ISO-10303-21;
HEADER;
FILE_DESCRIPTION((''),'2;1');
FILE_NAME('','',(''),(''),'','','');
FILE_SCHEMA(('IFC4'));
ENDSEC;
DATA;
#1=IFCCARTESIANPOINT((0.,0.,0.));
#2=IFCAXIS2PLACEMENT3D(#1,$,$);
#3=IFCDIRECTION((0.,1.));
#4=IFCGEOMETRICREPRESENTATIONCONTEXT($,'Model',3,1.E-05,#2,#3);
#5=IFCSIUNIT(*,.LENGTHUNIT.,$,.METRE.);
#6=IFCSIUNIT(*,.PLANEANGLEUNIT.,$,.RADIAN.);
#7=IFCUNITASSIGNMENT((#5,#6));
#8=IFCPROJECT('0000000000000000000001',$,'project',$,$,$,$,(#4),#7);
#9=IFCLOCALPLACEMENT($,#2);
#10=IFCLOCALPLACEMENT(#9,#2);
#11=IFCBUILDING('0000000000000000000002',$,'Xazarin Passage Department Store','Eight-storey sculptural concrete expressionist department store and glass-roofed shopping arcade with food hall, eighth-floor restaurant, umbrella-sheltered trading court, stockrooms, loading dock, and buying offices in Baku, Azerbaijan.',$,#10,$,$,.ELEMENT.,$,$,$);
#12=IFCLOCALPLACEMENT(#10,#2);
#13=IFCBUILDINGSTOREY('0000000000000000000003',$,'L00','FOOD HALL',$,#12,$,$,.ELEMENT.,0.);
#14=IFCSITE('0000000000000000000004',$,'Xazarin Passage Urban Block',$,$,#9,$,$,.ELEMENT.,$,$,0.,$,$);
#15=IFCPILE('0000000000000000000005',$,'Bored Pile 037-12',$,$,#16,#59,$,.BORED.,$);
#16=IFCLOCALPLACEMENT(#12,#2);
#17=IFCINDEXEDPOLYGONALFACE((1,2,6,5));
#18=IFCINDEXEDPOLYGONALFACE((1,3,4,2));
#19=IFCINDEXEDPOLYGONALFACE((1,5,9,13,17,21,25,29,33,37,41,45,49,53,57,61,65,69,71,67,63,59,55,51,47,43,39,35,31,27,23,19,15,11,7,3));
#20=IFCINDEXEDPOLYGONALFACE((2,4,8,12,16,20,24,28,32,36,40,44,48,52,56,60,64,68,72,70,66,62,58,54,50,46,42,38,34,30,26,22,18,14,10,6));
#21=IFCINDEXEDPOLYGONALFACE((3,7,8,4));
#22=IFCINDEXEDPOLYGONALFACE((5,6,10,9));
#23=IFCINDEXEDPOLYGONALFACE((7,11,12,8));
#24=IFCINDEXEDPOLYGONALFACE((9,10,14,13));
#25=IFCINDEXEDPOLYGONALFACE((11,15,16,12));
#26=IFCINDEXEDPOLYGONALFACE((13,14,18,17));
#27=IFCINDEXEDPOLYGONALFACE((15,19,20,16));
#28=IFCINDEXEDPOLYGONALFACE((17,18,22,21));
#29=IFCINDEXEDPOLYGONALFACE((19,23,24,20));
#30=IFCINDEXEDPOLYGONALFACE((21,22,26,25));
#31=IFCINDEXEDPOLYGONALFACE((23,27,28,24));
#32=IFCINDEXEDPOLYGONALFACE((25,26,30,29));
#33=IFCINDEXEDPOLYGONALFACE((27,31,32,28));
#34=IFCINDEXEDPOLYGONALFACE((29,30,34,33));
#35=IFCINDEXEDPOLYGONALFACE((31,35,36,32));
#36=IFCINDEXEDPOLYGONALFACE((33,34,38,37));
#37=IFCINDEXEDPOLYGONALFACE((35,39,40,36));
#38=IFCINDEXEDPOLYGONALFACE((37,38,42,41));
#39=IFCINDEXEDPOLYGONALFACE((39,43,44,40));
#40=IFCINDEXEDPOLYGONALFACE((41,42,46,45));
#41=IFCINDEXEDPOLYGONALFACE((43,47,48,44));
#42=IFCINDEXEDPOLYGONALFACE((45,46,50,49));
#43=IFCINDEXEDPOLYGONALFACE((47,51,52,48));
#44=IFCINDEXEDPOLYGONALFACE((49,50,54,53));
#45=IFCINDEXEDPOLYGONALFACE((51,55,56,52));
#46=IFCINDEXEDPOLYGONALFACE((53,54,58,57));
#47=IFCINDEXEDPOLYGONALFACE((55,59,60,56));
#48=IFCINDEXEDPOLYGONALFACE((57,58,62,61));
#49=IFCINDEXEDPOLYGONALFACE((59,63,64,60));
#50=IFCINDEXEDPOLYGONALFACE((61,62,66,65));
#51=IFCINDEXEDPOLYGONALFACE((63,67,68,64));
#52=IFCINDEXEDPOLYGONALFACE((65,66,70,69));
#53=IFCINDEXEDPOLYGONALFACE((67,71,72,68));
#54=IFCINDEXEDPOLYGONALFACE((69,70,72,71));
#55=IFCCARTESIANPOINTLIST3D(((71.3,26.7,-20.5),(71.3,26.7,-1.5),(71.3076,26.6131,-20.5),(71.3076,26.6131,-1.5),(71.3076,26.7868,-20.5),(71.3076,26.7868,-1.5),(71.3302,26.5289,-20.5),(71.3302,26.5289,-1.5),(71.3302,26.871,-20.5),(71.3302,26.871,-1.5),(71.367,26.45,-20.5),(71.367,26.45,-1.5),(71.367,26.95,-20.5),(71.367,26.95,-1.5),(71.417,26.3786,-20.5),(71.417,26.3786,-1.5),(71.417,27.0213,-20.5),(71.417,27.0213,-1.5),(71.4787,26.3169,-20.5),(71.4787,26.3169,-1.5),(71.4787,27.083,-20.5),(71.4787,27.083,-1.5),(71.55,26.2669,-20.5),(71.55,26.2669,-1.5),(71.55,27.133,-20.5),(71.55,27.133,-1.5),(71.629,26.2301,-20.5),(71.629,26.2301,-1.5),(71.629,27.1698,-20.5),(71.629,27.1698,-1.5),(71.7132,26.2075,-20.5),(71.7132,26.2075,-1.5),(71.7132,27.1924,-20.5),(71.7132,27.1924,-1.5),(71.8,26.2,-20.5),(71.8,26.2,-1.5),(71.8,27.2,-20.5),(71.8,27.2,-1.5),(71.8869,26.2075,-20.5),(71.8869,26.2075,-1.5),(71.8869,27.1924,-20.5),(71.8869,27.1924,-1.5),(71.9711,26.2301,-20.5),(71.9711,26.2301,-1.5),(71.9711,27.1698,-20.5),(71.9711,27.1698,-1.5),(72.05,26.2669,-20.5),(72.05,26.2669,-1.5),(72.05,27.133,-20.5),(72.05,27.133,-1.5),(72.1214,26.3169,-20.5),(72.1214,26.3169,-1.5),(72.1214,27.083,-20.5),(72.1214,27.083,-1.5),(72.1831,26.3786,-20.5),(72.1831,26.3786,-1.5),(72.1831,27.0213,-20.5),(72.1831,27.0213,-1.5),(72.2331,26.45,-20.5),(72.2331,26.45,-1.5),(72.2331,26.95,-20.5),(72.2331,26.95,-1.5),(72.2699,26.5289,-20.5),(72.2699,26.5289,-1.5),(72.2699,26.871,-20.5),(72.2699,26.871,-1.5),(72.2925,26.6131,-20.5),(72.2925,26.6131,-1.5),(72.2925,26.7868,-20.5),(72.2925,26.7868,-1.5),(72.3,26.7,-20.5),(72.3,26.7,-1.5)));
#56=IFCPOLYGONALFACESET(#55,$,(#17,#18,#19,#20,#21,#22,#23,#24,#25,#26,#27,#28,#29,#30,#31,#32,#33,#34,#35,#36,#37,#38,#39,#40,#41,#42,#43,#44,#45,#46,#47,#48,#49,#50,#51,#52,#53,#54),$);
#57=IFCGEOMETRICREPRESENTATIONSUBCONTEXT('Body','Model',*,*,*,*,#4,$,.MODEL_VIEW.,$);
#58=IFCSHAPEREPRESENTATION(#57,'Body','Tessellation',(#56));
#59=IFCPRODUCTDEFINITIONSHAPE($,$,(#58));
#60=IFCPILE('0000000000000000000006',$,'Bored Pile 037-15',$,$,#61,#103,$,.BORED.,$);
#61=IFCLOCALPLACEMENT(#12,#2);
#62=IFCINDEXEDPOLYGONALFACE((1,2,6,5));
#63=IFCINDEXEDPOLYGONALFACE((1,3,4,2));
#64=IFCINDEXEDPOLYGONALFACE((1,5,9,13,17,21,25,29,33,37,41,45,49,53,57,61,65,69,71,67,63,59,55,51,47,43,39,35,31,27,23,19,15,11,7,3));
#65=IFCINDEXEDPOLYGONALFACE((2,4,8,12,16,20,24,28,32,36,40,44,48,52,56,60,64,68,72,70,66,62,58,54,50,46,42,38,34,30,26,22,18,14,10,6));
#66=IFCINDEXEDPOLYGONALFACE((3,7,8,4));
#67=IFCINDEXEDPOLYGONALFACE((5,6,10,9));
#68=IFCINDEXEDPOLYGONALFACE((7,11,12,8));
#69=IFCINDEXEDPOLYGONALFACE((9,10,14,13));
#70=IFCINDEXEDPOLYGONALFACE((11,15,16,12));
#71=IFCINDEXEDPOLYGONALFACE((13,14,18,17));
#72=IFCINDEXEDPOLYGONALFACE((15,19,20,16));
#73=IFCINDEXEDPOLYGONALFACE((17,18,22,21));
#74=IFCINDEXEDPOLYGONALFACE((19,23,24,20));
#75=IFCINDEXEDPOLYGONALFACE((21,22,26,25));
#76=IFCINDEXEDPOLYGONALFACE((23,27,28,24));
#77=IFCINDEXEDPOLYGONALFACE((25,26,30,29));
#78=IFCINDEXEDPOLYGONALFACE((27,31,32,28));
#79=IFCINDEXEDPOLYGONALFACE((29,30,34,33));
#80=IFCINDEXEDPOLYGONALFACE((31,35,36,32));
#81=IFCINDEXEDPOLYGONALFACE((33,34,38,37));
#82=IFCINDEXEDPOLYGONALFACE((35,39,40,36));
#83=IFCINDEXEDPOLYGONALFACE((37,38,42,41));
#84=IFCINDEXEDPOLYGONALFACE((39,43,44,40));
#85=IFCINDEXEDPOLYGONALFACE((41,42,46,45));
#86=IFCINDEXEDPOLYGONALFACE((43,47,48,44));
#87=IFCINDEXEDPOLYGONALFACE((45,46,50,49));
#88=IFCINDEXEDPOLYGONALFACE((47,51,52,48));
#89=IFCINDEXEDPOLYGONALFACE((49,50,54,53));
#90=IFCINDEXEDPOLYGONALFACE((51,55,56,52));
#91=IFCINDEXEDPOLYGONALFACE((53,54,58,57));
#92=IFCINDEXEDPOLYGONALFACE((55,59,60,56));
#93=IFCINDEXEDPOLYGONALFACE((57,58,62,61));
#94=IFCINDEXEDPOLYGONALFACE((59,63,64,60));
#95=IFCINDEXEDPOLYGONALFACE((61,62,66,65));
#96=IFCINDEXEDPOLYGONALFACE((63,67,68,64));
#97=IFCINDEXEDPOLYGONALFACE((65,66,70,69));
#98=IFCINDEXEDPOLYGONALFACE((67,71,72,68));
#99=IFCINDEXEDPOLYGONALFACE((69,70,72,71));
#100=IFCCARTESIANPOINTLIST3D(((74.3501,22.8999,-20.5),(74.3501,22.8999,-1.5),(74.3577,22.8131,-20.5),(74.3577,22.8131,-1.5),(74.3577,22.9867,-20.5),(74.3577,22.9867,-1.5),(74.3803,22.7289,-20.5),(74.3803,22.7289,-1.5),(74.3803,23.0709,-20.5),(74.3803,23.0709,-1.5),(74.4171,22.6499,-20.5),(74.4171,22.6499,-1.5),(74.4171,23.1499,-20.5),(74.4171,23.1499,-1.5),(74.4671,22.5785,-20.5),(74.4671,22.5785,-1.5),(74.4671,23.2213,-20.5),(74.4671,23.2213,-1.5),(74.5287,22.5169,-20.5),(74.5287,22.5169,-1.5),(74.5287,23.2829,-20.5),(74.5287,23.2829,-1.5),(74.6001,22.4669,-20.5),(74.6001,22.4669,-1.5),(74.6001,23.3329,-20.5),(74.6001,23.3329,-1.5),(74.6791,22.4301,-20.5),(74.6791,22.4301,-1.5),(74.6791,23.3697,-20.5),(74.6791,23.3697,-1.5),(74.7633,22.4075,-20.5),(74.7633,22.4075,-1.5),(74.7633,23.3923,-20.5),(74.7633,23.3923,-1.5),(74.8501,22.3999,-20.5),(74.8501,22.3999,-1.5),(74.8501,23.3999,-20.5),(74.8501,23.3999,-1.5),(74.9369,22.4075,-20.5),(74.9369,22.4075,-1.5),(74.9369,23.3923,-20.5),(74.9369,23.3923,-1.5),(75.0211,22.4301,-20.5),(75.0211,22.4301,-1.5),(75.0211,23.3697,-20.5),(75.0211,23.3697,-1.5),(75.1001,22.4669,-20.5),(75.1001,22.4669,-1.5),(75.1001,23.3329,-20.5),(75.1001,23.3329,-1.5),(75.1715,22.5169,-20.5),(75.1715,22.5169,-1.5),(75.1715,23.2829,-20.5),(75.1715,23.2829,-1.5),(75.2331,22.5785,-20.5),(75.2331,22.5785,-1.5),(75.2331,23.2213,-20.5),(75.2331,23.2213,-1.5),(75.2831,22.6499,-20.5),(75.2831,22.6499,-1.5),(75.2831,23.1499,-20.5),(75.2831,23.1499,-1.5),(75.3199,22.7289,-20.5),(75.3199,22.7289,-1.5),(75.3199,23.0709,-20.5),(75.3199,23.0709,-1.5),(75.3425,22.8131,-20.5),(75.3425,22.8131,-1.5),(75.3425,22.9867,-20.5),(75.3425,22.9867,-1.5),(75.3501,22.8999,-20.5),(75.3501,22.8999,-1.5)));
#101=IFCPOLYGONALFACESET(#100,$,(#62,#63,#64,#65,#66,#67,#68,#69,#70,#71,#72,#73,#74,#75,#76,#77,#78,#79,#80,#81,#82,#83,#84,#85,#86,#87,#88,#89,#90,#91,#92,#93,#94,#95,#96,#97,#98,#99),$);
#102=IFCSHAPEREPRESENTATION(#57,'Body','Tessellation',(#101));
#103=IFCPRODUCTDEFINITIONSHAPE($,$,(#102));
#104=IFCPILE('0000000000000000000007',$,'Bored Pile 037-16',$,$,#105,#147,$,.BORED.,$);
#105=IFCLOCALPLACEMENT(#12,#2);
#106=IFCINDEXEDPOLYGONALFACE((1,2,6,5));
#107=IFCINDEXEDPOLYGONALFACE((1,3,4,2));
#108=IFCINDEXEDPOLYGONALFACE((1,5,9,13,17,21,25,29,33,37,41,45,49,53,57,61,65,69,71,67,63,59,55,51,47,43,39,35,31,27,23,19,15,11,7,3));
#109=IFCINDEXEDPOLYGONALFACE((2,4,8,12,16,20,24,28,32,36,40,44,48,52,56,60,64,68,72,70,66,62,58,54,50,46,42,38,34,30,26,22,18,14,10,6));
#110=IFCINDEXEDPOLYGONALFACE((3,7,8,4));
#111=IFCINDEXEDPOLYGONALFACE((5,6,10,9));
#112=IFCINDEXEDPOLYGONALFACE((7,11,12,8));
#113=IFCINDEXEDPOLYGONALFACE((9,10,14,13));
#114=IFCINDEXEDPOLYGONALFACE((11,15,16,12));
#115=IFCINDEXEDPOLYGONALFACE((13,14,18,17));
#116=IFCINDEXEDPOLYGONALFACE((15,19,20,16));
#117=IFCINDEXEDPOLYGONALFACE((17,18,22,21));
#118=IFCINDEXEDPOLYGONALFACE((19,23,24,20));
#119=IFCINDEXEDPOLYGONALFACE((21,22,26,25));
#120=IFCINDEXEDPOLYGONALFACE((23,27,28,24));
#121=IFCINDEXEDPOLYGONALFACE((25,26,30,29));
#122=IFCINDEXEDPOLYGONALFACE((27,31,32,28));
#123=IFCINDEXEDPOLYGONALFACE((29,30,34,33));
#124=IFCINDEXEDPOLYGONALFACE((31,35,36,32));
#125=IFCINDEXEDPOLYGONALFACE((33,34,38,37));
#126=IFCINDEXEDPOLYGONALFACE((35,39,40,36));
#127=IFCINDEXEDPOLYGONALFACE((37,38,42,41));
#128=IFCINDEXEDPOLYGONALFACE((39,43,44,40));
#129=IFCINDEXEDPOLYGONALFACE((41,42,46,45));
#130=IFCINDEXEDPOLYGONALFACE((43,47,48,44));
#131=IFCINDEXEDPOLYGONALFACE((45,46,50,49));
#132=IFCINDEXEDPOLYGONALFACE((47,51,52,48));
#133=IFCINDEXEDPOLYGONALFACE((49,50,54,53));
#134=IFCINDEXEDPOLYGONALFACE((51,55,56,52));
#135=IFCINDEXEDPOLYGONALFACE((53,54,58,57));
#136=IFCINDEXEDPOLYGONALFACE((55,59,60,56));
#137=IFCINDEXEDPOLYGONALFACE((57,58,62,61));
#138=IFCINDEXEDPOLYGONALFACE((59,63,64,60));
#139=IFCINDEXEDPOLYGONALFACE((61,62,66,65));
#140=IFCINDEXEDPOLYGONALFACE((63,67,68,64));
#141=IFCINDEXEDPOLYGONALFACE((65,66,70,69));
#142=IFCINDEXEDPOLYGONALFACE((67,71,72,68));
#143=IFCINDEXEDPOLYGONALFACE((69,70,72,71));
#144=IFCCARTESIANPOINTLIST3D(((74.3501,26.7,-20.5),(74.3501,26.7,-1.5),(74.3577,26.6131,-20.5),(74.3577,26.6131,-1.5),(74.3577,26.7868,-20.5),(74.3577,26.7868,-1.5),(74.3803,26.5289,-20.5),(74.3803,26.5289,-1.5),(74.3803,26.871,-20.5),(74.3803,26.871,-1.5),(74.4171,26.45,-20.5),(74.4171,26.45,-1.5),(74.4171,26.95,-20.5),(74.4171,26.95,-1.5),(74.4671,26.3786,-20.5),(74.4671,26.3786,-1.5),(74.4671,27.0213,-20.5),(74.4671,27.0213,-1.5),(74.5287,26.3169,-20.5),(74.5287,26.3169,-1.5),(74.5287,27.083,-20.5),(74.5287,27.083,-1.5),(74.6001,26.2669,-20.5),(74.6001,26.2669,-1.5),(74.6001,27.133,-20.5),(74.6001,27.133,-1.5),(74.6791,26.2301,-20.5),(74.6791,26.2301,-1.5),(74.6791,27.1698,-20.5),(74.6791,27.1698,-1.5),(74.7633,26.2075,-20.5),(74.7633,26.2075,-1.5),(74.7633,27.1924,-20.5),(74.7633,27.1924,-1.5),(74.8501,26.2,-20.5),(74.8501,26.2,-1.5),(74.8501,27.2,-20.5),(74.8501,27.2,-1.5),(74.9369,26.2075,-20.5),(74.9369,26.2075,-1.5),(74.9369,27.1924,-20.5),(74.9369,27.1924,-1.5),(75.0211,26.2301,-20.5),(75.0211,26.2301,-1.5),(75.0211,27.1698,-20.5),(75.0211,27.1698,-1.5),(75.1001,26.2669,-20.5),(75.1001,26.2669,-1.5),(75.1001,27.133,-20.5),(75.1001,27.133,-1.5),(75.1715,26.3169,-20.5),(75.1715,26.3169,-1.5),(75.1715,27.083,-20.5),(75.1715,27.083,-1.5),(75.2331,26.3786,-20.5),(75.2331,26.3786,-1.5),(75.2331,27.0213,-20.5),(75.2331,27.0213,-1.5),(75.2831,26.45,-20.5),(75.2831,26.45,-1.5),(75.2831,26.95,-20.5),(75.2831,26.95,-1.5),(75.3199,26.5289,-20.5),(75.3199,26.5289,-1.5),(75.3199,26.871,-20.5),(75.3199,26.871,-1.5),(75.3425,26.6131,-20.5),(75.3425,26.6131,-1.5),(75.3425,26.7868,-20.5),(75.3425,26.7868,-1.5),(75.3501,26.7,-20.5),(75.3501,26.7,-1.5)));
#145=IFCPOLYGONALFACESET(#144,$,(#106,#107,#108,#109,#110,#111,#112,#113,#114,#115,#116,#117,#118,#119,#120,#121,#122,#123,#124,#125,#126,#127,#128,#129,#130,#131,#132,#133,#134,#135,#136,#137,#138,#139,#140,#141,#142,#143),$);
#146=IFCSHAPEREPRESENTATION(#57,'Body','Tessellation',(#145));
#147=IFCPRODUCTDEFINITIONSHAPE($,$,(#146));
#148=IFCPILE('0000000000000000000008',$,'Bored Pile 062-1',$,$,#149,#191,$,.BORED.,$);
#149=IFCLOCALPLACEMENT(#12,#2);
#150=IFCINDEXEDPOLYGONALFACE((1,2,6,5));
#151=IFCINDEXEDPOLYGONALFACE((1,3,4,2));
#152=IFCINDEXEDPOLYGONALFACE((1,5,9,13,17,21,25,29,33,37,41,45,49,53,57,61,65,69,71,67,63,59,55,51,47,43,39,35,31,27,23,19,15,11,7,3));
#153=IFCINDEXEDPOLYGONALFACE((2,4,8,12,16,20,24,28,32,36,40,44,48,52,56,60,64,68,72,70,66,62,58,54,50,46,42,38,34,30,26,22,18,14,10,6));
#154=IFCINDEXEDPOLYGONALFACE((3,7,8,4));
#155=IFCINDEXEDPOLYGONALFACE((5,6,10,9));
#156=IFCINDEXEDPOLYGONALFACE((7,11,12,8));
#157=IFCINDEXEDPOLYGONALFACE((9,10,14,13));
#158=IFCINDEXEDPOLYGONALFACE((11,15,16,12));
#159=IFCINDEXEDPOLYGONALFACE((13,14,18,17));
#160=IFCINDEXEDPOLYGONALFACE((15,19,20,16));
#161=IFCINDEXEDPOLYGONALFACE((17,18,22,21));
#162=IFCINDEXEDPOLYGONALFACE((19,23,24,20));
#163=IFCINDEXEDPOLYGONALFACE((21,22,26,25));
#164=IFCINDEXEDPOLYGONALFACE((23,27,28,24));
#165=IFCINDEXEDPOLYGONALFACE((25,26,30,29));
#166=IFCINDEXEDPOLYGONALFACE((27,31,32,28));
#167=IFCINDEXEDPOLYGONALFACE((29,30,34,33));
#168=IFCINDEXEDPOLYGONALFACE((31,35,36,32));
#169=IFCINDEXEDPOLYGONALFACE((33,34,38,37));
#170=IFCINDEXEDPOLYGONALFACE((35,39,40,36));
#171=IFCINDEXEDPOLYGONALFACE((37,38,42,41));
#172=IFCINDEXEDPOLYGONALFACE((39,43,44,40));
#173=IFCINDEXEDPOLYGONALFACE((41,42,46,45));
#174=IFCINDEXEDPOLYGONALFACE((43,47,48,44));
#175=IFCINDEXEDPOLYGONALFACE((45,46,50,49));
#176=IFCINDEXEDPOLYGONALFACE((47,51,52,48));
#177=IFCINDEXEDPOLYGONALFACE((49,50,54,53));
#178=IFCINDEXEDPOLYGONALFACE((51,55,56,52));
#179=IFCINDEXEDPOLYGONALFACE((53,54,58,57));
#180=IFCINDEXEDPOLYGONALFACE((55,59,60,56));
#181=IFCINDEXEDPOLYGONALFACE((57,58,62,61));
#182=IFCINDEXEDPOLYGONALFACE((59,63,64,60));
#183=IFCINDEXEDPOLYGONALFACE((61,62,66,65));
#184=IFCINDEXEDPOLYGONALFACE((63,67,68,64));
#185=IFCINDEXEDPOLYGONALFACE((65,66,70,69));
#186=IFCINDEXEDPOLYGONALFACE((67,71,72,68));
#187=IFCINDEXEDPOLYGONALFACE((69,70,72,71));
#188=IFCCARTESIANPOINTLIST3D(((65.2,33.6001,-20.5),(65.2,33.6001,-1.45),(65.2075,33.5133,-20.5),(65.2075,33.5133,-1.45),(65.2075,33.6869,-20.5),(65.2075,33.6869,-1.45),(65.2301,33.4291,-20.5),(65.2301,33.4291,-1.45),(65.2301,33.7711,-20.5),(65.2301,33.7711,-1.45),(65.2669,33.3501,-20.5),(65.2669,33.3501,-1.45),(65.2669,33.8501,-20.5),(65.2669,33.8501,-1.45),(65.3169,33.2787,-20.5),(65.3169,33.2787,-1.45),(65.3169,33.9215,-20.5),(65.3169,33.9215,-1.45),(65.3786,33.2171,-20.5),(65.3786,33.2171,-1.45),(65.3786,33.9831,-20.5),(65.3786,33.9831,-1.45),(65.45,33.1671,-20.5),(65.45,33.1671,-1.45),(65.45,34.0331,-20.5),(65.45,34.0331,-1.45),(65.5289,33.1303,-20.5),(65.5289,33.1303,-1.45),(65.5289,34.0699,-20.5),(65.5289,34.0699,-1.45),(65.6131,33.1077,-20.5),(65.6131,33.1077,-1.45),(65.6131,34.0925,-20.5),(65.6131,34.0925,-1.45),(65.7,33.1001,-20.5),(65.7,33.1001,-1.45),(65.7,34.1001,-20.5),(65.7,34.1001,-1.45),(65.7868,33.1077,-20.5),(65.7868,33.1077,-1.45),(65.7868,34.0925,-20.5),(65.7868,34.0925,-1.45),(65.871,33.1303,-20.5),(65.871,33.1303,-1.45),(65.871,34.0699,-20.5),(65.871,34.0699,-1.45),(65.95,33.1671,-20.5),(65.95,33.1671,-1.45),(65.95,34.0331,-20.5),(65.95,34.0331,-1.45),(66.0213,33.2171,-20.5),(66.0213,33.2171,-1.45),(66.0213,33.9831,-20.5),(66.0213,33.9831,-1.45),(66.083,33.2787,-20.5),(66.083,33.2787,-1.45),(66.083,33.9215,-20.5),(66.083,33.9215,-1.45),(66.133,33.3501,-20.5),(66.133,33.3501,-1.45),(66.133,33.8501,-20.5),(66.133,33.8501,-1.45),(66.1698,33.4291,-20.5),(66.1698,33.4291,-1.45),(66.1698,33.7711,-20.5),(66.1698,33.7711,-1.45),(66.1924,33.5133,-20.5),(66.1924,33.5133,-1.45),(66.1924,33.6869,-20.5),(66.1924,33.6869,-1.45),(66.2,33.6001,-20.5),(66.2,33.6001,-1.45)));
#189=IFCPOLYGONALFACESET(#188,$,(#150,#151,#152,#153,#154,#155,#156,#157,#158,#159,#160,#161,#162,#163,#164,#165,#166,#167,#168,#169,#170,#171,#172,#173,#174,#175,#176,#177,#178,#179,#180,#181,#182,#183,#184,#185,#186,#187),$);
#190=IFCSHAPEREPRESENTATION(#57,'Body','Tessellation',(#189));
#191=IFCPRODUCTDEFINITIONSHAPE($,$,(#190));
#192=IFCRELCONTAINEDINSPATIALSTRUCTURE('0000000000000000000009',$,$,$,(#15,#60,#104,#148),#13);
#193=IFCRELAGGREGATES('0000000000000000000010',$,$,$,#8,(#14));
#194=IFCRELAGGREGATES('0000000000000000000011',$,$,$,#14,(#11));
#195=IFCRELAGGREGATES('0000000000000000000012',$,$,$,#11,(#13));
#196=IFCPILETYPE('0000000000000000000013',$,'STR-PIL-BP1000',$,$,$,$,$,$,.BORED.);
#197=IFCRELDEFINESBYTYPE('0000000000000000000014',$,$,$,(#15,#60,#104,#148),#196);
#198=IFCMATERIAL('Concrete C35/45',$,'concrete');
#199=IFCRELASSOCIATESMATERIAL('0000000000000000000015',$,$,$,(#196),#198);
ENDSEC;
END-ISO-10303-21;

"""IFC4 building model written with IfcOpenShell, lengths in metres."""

from ifc_helpers import new_model, si_unit, direction, frame, origin, origin_2d, place, context, subcontext, project, spatial, circle, extrude, material, material_profile, profile_set, type_object, element, save


model = new_model("IFC4")

# Units and contexts
model_context = context("Model", 3, precision=1e-05, world=origin(), true_north=direction((0.0, 1.0)))
body_context = subcontext(model_context, "Body", "Model", "MODEL_VIEW")
ifc_project = project(units=[si_unit("LENGTHUNIT", "METRE"), si_unit("PLANEANGLEUNIT", "RADIAN")], contexts=[model_context])

# Site, building, storey
site_placement = place(None, origin())
site = spatial("IfcSite", under=ifc_project, at=site_placement, Name="Xazarin Passage Urban Block", CompositionType="ELEMENT", RefElevation=0.0)
building_placement = place(site_placement, origin())
building = spatial("IfcBuilding", under=site, at=building_placement, Name="Xazarin Passage Department Store", Description="Eight-storey sculptural concrete expressionist department store and glass-roofed shopping arcade with food hall, eighth-floor restaurant, umbrella-sheltered trading court, stockrooms, loading dock, and buying offices in Baku, Azerbaijan.", CompositionType="ELEMENT")
storey_placement = place(building_placement, origin())
storey = spatial("IfcBuildingStorey", under=building, at=storey_placement, Name="L00", Description="FOOD HALL", CompositionType="ELEMENT", Elevation=0.0)

# Shared definitions
ifc_material_1 = material(Name="Concrete C35/45", Category="concrete")

# Piles
ifc_material_profile_1 = material_profile(ifc_material_1, circle(Radius=0.5, at=origin_2d()), Name="BP 1000")
ifc_profile_set_1 = profile_set([ifc_material_profile_1], Name="Concrete C35/45")
pile_type_1 = type_object("IfcPileType", Name="STR-PIL-BP1000", PredefinedType="BORED", material=ifc_profile_set_1)
for number, where, z_axis, x_axis, name in (
    (1, (71.8, 26.7, -1.5), (0.0, 0.0, -1.0), (1.0, 0.0, 0.0), "Bored Pile 037-12"),
    (2, (74.8501, 22.8999, -1.5), (0.0, 0.0, -1.0), (1.0, 0.0, 0.0), "Bored Pile 037-15"),
    (3, (74.8501, 26.7, -1.5), (0.0, 0.0, -1.0), (1.0, 0.0, 0.0), "Bored Pile 037-16"),
):
    element("IfcPile", number, at=place(storey_placement, frame(where, z_axis=z_axis, x_axis=x_axis)), inside=storey, type_object=pile_type_1, Name=name, PredefinedType="BORED", context=body_context, shape_type="SweptSolid", body=[
        extrude(circle(Radius=0.5, at=origin_2d()), origin(), (0.0, 0.0, 1.0), 19.0),
    ])
for number, where, z_axis, x_axis, name in (
    (4, (65.7, 33.6001, -1.45), (0.0, 0.0, -1.0), (1.0, 0.0, 0.0), "Bored Pile 062-1"),
):
    element("IfcPile", number, at=place(storey_placement, frame(where, z_axis=z_axis, x_axis=x_axis)), inside=storey, type_object=pile_type_1, Name=name, PredefinedType="BORED", context=body_context, shape_type="SweptSolid", body=[
        extrude(circle(Radius=0.5, at=origin_2d()), origin(), (0.0, 0.0, 1.0), 19.05),
    ])

save(model, "model.ifc")
